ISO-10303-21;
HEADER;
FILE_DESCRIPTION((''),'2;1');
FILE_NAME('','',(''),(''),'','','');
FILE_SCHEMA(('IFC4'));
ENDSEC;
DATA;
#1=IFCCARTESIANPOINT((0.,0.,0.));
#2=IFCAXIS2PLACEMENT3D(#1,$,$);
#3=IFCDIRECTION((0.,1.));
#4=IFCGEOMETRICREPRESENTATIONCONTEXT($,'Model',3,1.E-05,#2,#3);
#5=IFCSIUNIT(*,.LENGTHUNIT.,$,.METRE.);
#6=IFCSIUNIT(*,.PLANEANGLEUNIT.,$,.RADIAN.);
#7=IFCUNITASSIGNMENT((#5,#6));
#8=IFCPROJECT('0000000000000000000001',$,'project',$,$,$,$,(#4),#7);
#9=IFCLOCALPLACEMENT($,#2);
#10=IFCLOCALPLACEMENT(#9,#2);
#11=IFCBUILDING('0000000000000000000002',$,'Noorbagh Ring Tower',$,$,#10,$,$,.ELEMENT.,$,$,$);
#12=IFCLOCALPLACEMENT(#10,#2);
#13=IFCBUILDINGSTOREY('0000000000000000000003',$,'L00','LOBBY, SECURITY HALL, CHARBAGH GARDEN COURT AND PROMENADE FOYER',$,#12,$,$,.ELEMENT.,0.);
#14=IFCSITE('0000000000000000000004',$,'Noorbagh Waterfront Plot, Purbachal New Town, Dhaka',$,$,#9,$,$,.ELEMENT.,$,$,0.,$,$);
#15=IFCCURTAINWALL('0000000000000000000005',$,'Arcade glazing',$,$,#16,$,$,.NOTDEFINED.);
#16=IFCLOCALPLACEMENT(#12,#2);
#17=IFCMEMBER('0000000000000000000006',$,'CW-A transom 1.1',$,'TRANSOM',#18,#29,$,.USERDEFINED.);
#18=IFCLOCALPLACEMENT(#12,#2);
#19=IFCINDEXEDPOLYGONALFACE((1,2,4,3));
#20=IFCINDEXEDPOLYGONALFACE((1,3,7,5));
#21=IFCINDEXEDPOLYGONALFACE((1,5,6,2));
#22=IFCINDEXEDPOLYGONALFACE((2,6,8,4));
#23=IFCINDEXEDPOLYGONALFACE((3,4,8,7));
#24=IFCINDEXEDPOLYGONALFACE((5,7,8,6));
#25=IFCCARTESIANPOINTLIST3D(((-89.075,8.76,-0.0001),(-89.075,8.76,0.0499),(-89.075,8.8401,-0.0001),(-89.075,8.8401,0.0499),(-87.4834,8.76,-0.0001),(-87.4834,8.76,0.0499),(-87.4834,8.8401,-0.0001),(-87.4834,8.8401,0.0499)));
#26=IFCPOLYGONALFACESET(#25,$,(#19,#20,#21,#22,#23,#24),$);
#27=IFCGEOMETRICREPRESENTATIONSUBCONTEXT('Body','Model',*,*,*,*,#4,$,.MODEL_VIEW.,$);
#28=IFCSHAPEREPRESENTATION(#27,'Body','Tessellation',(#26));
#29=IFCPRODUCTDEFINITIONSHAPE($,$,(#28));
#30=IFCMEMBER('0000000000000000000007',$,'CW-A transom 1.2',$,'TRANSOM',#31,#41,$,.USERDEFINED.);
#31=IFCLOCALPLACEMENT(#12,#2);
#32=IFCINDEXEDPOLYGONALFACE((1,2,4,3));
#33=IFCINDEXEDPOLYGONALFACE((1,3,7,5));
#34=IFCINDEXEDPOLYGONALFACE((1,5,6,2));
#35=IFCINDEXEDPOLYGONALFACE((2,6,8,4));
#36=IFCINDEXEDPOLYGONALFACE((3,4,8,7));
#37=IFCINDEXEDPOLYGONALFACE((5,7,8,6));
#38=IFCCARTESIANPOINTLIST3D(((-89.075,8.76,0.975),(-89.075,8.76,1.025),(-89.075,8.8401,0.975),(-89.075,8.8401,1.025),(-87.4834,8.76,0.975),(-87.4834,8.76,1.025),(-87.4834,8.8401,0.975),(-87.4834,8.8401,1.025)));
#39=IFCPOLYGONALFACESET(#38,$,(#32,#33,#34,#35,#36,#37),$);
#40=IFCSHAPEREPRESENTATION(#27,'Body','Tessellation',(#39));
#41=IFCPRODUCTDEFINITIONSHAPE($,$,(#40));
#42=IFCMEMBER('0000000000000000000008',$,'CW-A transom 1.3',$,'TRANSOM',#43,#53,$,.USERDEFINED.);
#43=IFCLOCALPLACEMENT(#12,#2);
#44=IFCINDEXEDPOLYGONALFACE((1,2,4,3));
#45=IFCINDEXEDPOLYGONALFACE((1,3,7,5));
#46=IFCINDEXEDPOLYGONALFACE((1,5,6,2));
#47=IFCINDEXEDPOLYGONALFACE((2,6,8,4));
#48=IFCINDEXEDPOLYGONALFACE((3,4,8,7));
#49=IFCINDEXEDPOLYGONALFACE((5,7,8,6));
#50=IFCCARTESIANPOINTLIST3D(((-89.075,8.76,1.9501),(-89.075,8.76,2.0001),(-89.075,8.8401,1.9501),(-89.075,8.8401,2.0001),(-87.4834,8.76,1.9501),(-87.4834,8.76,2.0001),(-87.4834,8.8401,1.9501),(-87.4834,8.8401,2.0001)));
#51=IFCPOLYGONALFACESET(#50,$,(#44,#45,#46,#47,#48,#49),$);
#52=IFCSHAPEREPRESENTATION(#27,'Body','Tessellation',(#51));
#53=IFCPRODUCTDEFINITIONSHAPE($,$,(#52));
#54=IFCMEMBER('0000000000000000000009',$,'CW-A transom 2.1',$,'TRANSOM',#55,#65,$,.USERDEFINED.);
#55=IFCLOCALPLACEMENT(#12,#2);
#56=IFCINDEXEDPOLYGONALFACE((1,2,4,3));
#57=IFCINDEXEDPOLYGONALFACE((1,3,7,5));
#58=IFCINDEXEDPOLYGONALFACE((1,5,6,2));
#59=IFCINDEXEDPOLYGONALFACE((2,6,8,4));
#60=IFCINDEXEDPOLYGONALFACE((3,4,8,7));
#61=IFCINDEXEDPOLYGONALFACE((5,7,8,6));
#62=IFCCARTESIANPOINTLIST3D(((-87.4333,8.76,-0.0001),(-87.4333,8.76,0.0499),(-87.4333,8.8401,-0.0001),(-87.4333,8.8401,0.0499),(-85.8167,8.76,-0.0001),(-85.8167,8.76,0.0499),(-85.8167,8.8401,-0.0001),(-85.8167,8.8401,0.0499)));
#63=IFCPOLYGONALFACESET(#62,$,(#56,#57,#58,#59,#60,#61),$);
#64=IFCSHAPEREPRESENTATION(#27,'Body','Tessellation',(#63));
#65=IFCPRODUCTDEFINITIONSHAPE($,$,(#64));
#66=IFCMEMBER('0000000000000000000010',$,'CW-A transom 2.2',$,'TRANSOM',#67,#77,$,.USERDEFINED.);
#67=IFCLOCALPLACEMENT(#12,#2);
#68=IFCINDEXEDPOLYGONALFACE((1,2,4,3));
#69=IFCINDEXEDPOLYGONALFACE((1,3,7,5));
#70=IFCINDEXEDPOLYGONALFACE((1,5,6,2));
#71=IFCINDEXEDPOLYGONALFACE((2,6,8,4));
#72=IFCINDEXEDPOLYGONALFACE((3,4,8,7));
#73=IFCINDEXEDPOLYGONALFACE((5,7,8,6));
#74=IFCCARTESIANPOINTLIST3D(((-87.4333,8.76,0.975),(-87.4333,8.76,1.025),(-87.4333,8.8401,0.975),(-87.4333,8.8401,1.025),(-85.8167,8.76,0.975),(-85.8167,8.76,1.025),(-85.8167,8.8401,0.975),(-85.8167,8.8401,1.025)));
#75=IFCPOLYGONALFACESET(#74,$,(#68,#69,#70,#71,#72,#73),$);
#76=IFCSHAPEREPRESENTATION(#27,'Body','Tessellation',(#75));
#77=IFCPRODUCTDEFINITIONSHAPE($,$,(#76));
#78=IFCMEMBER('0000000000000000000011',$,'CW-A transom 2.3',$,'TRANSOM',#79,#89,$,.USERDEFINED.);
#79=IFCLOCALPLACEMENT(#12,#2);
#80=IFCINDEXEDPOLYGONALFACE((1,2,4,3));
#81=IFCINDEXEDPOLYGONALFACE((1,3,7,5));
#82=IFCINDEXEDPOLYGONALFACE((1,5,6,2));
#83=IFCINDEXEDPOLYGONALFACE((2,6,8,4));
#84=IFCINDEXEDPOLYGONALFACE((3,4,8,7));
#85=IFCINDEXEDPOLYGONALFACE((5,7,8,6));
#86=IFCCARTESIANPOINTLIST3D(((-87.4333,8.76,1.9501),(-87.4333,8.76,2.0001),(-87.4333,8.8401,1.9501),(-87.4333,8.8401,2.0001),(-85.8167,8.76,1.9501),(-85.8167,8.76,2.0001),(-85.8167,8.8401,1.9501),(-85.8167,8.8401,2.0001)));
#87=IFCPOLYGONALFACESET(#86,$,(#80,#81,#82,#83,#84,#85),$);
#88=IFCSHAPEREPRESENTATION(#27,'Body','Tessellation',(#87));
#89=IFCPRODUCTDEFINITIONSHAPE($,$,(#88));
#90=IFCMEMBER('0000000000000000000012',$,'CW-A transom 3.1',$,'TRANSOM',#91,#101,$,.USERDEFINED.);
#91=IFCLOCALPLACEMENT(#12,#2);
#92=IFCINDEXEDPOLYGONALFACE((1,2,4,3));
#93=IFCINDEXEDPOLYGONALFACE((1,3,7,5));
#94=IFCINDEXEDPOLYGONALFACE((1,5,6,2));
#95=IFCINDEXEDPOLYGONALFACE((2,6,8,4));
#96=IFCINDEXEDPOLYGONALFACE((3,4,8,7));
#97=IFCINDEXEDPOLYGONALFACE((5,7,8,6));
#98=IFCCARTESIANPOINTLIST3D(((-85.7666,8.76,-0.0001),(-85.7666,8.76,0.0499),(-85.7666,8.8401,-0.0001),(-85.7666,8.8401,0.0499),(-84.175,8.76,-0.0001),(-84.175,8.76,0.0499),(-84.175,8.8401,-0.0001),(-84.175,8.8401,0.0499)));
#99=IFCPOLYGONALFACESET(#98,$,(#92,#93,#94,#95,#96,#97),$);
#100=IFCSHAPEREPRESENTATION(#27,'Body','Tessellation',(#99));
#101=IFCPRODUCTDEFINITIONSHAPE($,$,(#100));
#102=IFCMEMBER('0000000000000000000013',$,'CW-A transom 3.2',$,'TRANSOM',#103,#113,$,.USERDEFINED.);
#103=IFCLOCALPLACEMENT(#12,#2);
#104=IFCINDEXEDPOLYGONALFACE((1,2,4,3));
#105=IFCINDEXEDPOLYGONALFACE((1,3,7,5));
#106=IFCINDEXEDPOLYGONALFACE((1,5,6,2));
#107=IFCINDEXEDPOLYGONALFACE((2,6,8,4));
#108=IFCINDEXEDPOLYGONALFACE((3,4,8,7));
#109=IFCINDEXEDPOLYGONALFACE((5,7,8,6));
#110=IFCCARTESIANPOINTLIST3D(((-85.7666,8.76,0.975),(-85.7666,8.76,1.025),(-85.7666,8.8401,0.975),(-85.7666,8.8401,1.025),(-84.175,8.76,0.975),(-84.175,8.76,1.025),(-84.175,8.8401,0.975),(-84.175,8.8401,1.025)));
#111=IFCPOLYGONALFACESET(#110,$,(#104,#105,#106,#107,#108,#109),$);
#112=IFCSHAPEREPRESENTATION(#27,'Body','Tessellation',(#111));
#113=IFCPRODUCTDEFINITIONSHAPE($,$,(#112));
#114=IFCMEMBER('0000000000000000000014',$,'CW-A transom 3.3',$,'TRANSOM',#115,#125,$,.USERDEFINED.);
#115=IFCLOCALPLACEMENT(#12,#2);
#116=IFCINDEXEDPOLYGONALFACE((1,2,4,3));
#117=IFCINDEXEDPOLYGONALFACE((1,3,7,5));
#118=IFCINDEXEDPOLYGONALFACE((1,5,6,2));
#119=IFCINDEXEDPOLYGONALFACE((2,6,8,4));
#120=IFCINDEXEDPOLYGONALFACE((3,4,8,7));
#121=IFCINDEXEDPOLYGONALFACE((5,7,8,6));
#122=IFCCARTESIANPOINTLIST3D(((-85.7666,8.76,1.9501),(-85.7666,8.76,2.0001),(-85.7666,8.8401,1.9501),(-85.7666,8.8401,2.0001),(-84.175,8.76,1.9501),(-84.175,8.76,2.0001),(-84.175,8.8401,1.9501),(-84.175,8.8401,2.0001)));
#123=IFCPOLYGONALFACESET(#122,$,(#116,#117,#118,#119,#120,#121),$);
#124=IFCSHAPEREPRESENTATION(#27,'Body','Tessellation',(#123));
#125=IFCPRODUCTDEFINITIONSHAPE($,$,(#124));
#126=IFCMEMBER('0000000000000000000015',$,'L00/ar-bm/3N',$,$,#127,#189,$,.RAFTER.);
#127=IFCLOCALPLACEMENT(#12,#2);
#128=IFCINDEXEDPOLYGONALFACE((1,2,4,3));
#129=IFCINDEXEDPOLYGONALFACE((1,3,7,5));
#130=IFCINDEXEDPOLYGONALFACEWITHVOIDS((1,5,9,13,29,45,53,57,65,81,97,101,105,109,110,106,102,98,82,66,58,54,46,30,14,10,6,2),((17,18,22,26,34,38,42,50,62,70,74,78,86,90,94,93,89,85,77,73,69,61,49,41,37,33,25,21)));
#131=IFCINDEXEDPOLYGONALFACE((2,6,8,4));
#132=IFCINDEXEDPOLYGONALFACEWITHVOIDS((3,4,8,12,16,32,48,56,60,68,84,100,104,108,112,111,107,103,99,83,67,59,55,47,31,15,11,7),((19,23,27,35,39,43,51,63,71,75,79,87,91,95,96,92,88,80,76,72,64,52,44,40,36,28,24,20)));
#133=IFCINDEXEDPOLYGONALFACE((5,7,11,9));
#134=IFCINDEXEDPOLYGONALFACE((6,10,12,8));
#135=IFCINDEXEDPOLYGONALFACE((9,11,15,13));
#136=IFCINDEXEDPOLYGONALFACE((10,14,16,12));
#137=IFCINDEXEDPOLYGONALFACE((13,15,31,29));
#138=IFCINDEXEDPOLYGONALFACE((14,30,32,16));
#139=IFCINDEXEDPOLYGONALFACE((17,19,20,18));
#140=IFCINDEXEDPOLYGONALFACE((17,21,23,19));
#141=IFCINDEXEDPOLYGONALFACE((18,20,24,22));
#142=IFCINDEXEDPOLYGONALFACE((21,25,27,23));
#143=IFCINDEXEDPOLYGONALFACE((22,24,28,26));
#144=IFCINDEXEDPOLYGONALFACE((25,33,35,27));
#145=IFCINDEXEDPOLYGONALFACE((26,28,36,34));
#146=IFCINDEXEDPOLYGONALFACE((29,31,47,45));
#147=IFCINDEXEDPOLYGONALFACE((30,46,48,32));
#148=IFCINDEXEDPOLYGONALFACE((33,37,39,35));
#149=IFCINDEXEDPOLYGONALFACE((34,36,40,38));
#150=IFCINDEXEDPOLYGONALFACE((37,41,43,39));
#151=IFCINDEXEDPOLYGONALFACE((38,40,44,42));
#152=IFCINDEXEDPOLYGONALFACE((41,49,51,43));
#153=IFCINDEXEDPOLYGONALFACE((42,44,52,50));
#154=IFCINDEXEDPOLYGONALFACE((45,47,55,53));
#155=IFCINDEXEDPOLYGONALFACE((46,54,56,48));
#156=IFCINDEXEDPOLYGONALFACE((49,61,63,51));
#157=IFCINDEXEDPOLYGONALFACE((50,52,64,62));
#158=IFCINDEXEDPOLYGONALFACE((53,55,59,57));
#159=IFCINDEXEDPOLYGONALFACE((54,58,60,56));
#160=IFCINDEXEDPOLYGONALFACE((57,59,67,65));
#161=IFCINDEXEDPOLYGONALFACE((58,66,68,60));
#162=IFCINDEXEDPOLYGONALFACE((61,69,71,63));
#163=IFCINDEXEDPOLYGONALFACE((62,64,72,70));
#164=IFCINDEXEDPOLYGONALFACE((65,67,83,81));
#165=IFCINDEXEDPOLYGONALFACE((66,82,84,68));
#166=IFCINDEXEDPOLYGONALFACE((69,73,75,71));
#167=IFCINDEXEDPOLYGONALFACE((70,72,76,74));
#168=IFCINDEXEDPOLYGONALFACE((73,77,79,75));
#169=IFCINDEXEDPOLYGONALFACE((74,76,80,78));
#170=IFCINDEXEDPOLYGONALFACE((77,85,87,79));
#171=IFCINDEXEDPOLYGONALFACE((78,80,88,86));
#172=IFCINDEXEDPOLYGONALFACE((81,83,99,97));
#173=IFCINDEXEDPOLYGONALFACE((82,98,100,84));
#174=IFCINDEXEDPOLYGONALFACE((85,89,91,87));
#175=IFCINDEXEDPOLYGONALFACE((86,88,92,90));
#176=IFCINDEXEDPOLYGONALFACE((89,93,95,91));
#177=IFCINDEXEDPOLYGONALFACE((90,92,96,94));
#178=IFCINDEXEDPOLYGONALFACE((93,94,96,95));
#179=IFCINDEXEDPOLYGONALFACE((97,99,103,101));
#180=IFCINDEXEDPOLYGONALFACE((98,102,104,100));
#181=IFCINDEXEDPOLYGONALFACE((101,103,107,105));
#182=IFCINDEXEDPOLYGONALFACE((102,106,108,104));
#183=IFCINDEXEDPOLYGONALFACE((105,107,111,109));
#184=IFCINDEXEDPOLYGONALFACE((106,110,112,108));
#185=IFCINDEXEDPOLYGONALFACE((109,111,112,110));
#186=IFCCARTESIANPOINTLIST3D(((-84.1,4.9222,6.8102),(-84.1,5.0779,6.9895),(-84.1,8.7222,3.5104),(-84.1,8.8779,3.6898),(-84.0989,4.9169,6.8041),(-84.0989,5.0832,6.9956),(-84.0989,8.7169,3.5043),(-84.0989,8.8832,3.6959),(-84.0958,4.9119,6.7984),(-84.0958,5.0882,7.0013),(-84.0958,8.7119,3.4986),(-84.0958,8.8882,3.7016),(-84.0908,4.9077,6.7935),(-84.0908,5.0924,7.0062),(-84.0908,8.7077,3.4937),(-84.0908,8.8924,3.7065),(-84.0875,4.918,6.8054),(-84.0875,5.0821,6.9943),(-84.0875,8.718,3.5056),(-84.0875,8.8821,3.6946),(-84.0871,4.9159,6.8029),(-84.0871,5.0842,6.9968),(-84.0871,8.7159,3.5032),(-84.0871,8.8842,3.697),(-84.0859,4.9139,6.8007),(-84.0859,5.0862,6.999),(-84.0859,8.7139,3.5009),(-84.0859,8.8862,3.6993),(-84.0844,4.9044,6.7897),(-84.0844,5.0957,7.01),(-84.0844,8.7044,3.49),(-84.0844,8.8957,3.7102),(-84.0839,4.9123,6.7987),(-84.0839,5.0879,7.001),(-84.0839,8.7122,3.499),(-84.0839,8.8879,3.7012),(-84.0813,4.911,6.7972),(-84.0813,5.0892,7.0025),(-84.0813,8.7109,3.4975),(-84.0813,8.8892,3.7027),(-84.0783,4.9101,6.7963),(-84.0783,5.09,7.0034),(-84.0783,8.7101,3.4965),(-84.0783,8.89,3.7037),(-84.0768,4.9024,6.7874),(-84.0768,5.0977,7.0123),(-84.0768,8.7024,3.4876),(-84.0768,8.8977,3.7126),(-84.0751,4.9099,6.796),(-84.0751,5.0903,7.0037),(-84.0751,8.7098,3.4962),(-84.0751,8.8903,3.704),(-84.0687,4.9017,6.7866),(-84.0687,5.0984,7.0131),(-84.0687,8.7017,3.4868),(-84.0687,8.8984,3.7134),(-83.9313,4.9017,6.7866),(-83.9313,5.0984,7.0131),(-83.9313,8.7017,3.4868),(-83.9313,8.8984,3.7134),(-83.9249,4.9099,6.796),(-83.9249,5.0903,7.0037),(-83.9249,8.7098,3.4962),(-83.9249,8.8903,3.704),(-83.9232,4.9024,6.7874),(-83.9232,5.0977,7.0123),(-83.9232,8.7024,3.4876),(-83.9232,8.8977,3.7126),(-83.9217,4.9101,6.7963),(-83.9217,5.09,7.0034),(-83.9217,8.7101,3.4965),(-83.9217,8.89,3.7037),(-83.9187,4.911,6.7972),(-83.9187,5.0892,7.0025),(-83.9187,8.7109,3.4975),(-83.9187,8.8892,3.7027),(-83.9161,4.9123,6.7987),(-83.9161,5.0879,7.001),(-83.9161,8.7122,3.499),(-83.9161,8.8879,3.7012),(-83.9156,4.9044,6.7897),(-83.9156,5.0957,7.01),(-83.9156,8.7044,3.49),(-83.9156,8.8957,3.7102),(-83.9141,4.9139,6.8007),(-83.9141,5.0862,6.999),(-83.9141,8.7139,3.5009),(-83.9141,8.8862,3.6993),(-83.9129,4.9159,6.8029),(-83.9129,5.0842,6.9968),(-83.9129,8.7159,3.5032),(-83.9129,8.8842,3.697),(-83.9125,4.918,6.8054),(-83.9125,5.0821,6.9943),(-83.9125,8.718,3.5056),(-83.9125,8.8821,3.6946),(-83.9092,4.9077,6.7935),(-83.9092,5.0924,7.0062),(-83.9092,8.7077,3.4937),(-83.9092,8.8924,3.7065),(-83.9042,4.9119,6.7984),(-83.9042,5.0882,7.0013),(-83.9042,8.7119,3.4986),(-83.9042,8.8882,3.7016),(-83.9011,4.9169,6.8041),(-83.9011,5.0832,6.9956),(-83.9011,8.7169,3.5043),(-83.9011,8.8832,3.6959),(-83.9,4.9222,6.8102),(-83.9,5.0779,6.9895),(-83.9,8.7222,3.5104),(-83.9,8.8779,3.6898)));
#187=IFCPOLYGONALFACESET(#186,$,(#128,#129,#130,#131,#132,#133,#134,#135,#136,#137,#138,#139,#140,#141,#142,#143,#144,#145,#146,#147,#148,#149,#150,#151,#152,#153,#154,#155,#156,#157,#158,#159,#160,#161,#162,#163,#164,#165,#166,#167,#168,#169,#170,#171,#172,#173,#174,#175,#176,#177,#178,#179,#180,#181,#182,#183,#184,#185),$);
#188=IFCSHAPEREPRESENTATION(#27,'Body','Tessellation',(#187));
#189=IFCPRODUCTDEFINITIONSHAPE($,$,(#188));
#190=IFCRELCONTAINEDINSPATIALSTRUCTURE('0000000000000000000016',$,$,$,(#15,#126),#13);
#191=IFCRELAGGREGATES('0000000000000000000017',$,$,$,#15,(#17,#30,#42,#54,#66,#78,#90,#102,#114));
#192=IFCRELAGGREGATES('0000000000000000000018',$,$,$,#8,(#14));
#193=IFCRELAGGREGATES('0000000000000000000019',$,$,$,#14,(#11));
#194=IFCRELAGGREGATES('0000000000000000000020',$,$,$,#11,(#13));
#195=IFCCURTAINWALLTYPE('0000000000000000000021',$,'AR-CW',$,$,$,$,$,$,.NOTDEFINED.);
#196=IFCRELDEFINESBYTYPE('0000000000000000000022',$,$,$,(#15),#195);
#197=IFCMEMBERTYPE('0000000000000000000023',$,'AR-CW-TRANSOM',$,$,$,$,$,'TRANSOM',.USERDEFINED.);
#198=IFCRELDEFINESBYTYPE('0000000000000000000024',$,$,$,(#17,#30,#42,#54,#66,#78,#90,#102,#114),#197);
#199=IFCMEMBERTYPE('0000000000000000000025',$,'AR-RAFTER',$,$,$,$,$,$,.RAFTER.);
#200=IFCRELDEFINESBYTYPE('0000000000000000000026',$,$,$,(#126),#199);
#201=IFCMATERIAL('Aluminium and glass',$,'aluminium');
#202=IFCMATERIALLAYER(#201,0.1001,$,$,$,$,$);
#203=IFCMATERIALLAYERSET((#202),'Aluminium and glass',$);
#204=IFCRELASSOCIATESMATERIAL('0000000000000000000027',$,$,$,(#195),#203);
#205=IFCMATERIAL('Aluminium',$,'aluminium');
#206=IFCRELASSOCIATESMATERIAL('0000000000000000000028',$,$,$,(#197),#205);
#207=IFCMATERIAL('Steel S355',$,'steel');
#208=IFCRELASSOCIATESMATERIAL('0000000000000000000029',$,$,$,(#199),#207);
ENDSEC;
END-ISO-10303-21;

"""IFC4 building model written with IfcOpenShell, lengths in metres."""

from ifc_helpers import new_model, si_unit, direction, frame, origin, origin_2d, place, context, subcontext, project, spatial, rectangle, hollow_rectangle, extrude, material, layer, layer_set, material_profile, profile_set, type_object, element, aggregate, save


model = new_model("IFC4")

# Units and contexts
model_context = context("Model", 3, precision=1e-05, world=origin(), true_north=direction((0.0, 1.0)))
body_context = subcontext(model_context, "Body", "Model", "MODEL_VIEW")
ifc_project = project(units=[si_unit("LENGTHUNIT", "METRE"), si_unit("PLANEANGLEUNIT", "RADIAN")], contexts=[model_context])

# Site, building, storey
site_placement = place(None, origin())
site = spatial("IfcSite", under=ifc_project, at=site_placement, Name="Noorbagh Waterfront Plot, Purbachal New Town, Dhaka", CompositionType="ELEMENT", RefElevation=0.0)
building_placement = place(site_placement, origin())
building = spatial("IfcBuilding", under=site, at=building_placement, Name="Noorbagh Ring Tower", CompositionType="ELEMENT")
storey_placement = place(building_placement, origin())
storey = spatial("IfcBuildingStorey", under=building, at=storey_placement, Name="L00", Description="LOBBY, SECURITY HALL, CHARBAGH GARDEN COURT AND PROMENADE FOYER", CompositionType="ELEMENT", Elevation=0.0)

# Curtain wall, members
ifc_material_1 = material(Name="Aluminium and glass", Category="aluminium")
ifc_layer_1 = layer(ifc_material_1, 0.1001)
ifc_layer_set_1 = layer_set([ifc_layer_1], Name="Aluminium and glass")
curtain_wall_type = type_object("IfcCurtainWallType", Name="AR-CW", PredefinedType="NOTDEFINED", material=ifc_layer_set_1)
curtain_wall_placement = place(storey_placement, origin())
curtain_wall = element("IfcCurtainWall", 1, at=curtain_wall_placement, inside=storey, type_object=curtain_wall_type, Name="Arcade glazing", PredefinedType="NOTDEFINED")
ifc_material_2 = material(Name="Aluminium", Category="aluminium")
ifc_material_profile_1 = material_profile(ifc_material_2, rectangle(XDim=0.0801, YDim=0.05, at=origin_2d()), Name="AL 80x50")
ifc_profile_set_1 = profile_set([ifc_material_profile_1], Name="Aluminium")
member_type_1 = type_object("IfcMemberType", Name="AR-CW-TRANSOM", ElementType="TRANSOM", PredefinedType="USERDEFINED", material=ifc_profile_set_1)
member_1_placement = place(storey_placement, frame((-89.075, 8.8, 0.0249), z_axis=(1.0, 0.0, 0.0), x_axis=(0.0, 1.0, 0.0)))
member_1 = element("IfcMember", 2, at=member_1_placement, type_object=member_type_1, Name="CW-A transom 1.1", ObjectType="TRANSOM", PredefinedType="USERDEFINED", context=body_context, shape_type="SweptSolid", body=[
    extrude(rectangle(XDim=0.0801, YDim=0.05, at=origin_2d()), origin(), (0.0, 0.0, 1.0), 1.5916),
])
member_2_placement = place(storey_placement, frame((-89.075, 8.8, 1.0), z_axis=(1.0, 0.0, 0.0), x_axis=(0.0, 1.0, 0.0)))
member_2 = element("IfcMember", 3, at=member_2_placement, type_object=member_type_1, Name="CW-A transom 1.2", ObjectType="TRANSOM", PredefinedType="USERDEFINED", context=body_context, shape_type="SweptSolid", body=[
    extrude(rectangle(XDim=0.0801, YDim=0.05, at=origin_2d()), origin(), (0.0, 0.0, 1.0), 1.5916),
])
member_3_placement = place(storey_placement, frame((-89.075, 8.8, 1.9751), z_axis=(1.0, 0.0, 0.0), x_axis=(0.0, 1.0, 0.0)))
member_3 = element("IfcMember", 4, at=member_3_placement, type_object=member_type_1, Name="CW-A transom 1.3", ObjectType="TRANSOM", PredefinedType="USERDEFINED", context=body_context, shape_type="SweptSolid", body=[
    extrude(rectangle(XDim=0.0801, YDim=0.05, at=origin_2d()), origin(), (0.0, 0.0, 1.0), 1.5916),
])
member_4_placement = place(storey_placement, frame((-87.4333, 8.8, 0.0249), z_axis=(1.0, 0.0, 0.0), x_axis=(0.0, 1.0, 0.0)))
member_4 = element("IfcMember", 5, at=member_4_placement, type_object=member_type_1, Name="CW-A transom 2.1", ObjectType="TRANSOM", PredefinedType="USERDEFINED", context=body_context, shape_type="SweptSolid", body=[
    extrude(rectangle(XDim=0.0801, YDim=0.05, at=origin_2d()), origin(), (0.0, 0.0, 1.0), 1.6167),
])
member_5_placement = place(storey_placement, frame((-87.4333, 8.8, 1.0), z_axis=(1.0, 0.0, 0.0), x_axis=(0.0, 1.0, 0.0)))
member_5 = element("IfcMember", 6, at=member_5_placement, type_object=member_type_1, Name="CW-A transom 2.2", ObjectType="TRANSOM", PredefinedType="USERDEFINED", context=body_context, shape_type="SweptSolid", body=[
    extrude(rectangle(XDim=0.0801, YDim=0.05, at=origin_2d()), origin(), (0.0, 0.0, 1.0), 1.6167),
])
member_6_placement = place(storey_placement, frame((-87.4333, 8.8, 1.9751), z_axis=(1.0, 0.0, 0.0), x_axis=(0.0, 1.0, 0.0)))
member_6 = element("IfcMember", 7, at=member_6_placement, type_object=member_type_1, Name="CW-A transom 2.3", ObjectType="TRANSOM", PredefinedType="USERDEFINED", context=body_context, shape_type="SweptSolid", body=[
    extrude(rectangle(XDim=0.0801, YDim=0.05, at=origin_2d()), origin(), (0.0, 0.0, 1.0), 1.6167),
])
member_7_placement = place(storey_placement, frame((-85.7666, 8.8, 0.0249), z_axis=(1.0, 0.0, 0.0), x_axis=(0.0, 1.0, 0.0)))
member_7 = element("IfcMember", 8, at=member_7_placement, type_object=member_type_1, Name="CW-A transom 3.1", ObjectType="TRANSOM", PredefinedType="USERDEFINED", context=body_context, shape_type="SweptSolid", body=[
    extrude(rectangle(XDim=0.0801, YDim=0.05, at=origin_2d()), origin(), (0.0, 0.0, 1.0), 1.5916),
])
member_8_placement = place(storey_placement, frame((-85.7666, 8.8, 1.0), z_axis=(1.0, 0.0, 0.0), x_axis=(0.0, 1.0, 0.0)))
member_8 = element("IfcMember", 9, at=member_8_placement, type_object=member_type_1, Name="CW-A transom 3.2", ObjectType="TRANSOM", PredefinedType="USERDEFINED", context=body_context, shape_type="SweptSolid", body=[
    extrude(rectangle(XDim=0.0801, YDim=0.05, at=origin_2d()), origin(), (0.0, 0.0, 1.0), 1.5916),
])
member_9_placement = place(storey_placement, frame((-85.7666, 8.8, 1.9751), z_axis=(1.0, 0.0, 0.0), x_axis=(0.0, 1.0, 0.0)))
member_9 = element("IfcMember", 10, at=member_9_placement, type_object=member_type_1, Name="CW-A transom 3.3", ObjectType="TRANSOM", PredefinedType="USERDEFINED", context=body_context, shape_type="SweptSolid", body=[
    extrude(rectangle(XDim=0.0801, YDim=0.05, at=origin_2d()), origin(), (0.0, 0.0, 1.0), 1.5916),
])

# Member
ifc_material_3 = material(Name="Steel S355", Category="steel")
ifc_material_profile_2 = material_profile(ifc_material_3, hollow_rectangle(XDim=0.2, YDim=0.3, WallThickness=0.0125, InnerFilletRadius=0.0125, OuterFilletRadius=0.0312, at=origin_2d()), Name="RHS300x200x12.5")
ifc_profile_set_2 = profile_set([ifc_material_profile_2], Name="Steel S355")
member_type_2 = type_object("IfcMemberType", Name="AR-RAFTER", PredefinedType="RAFTER", material=ifc_profile_set_2)
member_10_placement = place(storey_placement, frame((-84.0, 8.8, 3.6001), z_axis=(0.0, -0.755057, 0.65566), x_axis=(1.0, 0.0, 0.0)))
element("IfcMember", 11, at=member_10_placement, inside=storey, type_object=member_type_2, Name="L00/ar-bm/3N", PredefinedType="RAFTER", context=body_context, shape_type="SweptSolid", body=[
    extrude(hollow_rectangle(XDim=0.2, YDim=0.3, WallThickness=0.0125, InnerFilletRadius=0.0125, OuterFilletRadius=0.0312, at=origin_2d()), origin(), (0.0, 0.0, 1.0), 5.0327),
])

aggregate(curtain_wall, [member_1, member_2, member_3, member_4, member_5, member_6, member_7, member_8, member_9])

save(model, "model.ifc")
